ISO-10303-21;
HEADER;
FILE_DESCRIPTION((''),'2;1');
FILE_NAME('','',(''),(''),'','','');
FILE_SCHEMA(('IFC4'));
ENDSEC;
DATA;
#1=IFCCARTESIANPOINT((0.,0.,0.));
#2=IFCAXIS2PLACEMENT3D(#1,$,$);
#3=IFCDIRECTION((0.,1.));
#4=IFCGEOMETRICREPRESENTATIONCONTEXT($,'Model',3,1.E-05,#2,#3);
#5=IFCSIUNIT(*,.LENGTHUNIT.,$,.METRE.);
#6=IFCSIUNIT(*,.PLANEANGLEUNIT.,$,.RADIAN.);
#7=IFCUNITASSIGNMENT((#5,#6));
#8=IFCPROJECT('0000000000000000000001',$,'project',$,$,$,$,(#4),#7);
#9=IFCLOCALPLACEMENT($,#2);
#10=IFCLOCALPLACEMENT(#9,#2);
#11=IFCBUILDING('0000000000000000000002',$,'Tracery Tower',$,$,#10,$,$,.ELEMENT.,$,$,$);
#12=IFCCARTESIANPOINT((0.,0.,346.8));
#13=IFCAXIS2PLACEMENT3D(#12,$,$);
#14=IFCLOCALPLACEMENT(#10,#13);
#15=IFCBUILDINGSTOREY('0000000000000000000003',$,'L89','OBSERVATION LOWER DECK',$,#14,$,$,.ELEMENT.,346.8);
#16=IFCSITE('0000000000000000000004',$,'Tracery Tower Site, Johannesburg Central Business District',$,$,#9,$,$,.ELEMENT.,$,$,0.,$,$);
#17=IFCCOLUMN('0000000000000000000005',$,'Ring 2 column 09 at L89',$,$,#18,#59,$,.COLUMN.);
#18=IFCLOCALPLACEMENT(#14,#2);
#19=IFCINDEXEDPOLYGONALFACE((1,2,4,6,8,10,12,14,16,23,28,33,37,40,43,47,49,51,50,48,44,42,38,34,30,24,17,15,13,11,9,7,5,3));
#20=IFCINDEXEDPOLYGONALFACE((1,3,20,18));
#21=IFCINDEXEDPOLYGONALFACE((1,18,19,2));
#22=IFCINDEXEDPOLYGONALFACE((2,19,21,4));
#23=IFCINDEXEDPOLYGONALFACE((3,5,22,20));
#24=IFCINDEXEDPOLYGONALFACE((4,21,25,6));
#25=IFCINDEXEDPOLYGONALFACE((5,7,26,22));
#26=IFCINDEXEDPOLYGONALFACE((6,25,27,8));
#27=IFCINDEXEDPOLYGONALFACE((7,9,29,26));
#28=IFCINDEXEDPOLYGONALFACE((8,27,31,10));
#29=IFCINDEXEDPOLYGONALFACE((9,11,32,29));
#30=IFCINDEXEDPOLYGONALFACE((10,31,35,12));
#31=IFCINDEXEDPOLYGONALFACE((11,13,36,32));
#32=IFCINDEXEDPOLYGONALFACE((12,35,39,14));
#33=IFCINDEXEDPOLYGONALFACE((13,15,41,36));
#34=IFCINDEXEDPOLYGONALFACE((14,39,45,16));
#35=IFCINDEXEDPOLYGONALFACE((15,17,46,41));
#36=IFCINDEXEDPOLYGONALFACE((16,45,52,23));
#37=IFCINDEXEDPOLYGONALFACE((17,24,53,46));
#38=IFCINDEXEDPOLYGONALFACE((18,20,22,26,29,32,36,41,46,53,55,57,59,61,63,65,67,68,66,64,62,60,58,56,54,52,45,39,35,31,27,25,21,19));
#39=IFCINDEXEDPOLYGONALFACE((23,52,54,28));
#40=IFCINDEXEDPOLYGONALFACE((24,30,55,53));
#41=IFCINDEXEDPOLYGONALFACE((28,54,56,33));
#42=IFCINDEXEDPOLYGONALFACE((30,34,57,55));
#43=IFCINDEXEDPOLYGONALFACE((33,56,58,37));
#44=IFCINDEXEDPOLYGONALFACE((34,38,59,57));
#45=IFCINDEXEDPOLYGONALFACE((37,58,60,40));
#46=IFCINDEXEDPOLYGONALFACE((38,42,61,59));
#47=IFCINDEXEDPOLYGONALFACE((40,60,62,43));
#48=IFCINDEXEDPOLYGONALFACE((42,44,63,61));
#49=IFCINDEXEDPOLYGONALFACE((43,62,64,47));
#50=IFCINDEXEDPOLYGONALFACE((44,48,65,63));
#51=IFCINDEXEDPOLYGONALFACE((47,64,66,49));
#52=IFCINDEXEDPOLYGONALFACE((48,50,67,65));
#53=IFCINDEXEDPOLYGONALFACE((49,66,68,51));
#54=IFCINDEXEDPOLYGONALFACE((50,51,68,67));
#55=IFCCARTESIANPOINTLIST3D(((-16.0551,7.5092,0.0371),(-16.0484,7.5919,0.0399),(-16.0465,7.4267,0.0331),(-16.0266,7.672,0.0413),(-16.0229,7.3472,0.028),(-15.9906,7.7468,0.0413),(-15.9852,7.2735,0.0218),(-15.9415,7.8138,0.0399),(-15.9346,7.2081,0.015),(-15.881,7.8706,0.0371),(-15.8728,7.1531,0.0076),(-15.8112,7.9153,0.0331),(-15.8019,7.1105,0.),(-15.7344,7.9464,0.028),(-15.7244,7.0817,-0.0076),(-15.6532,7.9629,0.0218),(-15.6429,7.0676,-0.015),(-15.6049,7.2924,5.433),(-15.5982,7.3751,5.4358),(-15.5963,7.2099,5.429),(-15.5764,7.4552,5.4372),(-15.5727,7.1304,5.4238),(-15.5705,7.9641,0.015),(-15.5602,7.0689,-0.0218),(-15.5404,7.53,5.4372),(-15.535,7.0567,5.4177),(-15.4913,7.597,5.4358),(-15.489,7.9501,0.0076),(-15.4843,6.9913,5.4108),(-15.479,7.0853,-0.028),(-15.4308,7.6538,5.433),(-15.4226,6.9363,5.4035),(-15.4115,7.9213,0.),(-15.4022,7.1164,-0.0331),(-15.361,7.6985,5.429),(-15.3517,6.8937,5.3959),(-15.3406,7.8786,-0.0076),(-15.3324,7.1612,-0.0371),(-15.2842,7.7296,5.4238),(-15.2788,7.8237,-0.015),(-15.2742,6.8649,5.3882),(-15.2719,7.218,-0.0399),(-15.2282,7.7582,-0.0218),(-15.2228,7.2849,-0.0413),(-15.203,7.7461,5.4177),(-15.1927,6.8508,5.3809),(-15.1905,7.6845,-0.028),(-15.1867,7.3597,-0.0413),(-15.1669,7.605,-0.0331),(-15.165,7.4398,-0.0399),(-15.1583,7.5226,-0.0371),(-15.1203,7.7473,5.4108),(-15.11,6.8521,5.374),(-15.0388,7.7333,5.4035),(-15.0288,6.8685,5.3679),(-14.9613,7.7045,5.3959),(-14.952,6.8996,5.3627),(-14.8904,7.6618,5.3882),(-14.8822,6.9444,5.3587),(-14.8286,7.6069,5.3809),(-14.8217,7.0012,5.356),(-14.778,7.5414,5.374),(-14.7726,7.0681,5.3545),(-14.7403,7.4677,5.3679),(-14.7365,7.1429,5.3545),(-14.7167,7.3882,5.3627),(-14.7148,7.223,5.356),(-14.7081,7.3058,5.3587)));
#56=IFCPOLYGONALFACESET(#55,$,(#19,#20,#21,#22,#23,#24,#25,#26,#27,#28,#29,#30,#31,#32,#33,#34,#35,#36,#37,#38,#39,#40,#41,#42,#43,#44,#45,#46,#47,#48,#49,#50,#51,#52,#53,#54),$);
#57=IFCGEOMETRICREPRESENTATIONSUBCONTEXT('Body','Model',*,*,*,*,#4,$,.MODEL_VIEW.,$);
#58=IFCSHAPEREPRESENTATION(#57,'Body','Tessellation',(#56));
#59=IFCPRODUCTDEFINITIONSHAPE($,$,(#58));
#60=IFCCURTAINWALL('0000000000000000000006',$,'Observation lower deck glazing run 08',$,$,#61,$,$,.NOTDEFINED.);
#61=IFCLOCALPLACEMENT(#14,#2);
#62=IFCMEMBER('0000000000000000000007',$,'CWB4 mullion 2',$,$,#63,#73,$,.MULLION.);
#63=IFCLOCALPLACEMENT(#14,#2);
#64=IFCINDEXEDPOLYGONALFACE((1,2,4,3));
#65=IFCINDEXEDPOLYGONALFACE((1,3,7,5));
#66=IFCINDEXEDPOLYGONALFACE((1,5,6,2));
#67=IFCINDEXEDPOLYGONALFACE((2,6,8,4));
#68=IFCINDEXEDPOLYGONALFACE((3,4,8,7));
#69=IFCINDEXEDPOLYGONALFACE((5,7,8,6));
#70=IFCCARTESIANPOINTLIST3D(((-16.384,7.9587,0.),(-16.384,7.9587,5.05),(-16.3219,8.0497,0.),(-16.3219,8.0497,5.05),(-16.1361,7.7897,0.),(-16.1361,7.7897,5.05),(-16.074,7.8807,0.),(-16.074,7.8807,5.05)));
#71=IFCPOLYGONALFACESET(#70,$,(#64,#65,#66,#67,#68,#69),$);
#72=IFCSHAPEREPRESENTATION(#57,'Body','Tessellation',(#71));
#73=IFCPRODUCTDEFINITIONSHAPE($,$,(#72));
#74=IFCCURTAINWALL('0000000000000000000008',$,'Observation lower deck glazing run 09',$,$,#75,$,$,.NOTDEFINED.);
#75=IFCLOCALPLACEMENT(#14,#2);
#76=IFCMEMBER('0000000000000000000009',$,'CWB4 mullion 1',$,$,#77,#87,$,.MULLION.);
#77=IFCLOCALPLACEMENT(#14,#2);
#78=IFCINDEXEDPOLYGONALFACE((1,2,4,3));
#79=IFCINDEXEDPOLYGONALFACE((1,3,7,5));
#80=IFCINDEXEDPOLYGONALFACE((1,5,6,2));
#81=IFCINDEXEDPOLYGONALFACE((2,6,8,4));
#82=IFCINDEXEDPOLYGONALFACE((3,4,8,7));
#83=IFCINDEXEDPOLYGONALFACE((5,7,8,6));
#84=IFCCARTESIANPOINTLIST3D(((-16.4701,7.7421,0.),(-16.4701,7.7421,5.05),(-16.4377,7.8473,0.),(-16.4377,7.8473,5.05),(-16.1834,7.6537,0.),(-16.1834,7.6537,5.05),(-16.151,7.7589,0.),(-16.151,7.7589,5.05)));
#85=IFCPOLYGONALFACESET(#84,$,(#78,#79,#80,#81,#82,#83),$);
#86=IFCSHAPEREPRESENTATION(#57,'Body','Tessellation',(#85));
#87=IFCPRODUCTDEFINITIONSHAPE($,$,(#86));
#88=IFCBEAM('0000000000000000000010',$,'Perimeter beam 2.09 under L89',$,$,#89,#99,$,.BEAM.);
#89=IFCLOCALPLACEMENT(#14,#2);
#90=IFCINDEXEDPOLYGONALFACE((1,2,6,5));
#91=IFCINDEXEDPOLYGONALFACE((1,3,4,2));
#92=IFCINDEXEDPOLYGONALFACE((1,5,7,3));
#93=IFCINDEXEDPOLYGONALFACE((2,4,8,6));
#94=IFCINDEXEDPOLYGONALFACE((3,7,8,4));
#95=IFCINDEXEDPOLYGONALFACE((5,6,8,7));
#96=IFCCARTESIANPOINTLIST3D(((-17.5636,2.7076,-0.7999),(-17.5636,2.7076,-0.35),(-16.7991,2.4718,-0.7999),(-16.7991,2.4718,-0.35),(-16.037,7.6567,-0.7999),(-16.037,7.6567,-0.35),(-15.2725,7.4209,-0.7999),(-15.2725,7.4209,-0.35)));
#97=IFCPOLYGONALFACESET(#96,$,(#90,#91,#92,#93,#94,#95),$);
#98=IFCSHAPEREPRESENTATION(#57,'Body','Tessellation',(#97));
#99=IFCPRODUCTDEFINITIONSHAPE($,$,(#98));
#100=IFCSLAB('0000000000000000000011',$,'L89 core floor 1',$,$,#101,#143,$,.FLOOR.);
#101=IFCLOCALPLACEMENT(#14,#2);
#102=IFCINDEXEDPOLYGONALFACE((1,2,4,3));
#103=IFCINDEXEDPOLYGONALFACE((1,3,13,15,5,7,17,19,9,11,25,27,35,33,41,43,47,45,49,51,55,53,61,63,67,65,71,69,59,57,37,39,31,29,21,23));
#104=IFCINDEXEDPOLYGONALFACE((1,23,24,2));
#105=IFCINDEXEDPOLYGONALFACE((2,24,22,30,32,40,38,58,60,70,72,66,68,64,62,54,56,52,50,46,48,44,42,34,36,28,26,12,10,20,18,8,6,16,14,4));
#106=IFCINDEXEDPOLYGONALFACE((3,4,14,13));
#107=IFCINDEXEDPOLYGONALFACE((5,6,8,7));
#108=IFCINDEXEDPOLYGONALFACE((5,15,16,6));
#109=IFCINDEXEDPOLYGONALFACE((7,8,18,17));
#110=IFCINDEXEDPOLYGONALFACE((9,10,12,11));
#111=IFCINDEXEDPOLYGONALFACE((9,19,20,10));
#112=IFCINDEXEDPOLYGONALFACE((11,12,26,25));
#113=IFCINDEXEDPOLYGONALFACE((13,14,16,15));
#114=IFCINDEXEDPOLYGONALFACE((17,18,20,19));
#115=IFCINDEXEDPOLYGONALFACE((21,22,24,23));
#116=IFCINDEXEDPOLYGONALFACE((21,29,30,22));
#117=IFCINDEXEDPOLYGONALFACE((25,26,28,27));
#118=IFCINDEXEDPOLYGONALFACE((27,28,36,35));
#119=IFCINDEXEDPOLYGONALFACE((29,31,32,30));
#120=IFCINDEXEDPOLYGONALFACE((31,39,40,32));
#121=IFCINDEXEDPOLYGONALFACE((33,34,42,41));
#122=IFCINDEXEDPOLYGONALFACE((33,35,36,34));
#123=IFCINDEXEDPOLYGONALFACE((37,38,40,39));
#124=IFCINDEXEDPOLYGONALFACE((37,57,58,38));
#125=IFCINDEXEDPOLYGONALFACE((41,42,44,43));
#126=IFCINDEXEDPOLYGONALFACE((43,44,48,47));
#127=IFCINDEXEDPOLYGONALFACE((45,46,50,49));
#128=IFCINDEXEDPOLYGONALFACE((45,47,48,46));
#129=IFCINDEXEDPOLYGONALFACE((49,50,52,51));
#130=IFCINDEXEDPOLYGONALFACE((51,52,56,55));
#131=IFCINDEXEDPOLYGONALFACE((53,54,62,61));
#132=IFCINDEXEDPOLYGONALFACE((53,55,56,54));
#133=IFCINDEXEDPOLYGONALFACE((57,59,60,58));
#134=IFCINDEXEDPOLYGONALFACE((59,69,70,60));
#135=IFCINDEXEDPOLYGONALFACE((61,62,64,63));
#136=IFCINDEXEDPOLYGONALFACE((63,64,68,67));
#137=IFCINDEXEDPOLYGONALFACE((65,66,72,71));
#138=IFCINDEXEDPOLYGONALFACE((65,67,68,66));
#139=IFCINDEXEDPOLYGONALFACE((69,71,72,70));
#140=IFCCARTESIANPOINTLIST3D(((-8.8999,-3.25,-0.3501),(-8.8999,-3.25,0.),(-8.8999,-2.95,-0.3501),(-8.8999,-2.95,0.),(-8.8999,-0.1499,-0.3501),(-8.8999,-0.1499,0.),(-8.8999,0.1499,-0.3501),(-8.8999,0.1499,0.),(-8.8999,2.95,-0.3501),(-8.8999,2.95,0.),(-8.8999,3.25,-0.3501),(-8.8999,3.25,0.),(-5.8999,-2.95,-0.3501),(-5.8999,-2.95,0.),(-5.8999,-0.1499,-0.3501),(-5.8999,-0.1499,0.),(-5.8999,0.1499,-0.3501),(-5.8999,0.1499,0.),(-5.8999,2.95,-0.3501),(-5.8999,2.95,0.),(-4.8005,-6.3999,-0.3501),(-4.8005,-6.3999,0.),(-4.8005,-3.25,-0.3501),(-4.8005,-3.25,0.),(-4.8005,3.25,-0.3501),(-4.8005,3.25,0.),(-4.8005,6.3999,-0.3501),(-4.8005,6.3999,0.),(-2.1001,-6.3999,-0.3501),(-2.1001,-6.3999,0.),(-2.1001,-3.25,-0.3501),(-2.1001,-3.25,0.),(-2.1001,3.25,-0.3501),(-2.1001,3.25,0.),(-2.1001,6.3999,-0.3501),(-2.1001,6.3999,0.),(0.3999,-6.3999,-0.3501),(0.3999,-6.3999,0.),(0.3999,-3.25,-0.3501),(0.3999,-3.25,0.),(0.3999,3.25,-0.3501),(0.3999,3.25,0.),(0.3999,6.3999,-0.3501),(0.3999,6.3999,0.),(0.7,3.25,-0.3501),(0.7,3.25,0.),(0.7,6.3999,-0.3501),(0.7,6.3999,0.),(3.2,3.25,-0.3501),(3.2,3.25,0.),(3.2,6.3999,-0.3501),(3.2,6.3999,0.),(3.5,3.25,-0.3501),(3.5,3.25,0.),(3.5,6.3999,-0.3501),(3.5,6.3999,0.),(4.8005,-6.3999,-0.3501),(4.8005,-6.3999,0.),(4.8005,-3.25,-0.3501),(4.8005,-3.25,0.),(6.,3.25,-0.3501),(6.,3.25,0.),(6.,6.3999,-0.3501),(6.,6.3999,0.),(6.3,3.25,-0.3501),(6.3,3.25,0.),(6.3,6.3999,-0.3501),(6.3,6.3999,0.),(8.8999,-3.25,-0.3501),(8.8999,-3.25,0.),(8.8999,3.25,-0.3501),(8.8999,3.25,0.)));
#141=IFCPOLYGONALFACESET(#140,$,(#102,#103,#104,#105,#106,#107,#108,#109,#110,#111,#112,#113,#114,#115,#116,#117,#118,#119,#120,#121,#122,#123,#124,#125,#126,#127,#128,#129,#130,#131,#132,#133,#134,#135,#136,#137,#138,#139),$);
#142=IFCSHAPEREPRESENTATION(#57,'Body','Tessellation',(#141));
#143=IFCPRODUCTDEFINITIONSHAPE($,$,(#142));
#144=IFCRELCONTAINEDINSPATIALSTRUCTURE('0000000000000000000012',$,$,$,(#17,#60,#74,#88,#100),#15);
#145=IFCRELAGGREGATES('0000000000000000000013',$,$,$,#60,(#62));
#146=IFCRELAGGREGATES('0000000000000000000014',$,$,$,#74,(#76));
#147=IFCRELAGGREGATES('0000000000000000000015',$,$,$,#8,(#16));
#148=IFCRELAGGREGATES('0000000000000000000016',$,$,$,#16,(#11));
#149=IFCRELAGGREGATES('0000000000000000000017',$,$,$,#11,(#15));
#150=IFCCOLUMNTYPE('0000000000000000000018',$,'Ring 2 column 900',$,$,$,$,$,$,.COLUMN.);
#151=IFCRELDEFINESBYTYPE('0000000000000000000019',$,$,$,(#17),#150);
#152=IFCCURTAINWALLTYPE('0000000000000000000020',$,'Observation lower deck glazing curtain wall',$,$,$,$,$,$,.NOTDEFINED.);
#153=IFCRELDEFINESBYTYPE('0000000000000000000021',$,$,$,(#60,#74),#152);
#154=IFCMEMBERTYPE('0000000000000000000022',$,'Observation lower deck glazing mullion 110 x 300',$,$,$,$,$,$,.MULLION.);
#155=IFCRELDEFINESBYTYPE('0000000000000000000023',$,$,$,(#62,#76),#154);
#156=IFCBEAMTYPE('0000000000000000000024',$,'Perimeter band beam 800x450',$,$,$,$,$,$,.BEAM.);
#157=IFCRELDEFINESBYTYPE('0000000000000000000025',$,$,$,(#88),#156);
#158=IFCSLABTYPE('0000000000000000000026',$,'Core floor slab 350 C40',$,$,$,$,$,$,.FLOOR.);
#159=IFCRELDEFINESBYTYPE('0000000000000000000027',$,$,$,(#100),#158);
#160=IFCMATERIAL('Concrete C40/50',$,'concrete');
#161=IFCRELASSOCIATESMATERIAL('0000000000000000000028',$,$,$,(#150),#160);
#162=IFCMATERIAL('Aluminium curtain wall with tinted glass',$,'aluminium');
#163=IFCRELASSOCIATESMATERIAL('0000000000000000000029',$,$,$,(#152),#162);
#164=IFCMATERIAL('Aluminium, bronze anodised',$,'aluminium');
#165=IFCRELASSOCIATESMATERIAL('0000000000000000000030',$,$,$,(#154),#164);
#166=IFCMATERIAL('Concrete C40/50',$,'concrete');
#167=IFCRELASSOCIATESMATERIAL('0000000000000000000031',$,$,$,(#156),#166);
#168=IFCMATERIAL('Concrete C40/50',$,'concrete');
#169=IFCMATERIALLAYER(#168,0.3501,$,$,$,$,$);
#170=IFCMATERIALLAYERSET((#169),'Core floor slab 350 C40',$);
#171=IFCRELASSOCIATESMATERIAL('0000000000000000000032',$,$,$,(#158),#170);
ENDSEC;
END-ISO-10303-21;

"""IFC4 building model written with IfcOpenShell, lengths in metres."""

from ifc_helpers import new_model, si_unit, direction, frame, origin, origin_2d, place, context, subcontext, project, spatial, polyline, rectangle, circle, outline, extrude, material, layer, layer_set, material_profile, profile_set, type_object, element, aggregate, save


model = new_model("IFC4")

# Units and contexts
model_context = context("Model", 3, precision=1e-05, world=origin(), true_north=direction((0.0, 1.0)))
body_context = subcontext(model_context, "Body", "Model", "MODEL_VIEW")
ifc_project = project(units=[si_unit("LENGTHUNIT", "METRE"), si_unit("PLANEANGLEUNIT", "RADIAN")], contexts=[model_context])

# Site, building, storey
site_placement = place(None, origin())
site = spatial("IfcSite", under=ifc_project, at=site_placement, Name="Tracery Tower Site, Johannesburg Central Business District", CompositionType="ELEMENT", RefElevation=0.0)
building_placement = place(site_placement, origin())
building = spatial("IfcBuilding", under=site, at=building_placement, Name="Tracery Tower", CompositionType="ELEMENT")
storey_placement = place(building_placement, frame((0.0, 0.0, 346.8)))
storey = spatial("IfcBuildingStorey", under=building, at=storey_placement, Name="L89", Description="OBSERVATION LOWER DECK", CompositionType="ELEMENT", Elevation=346.8)

# Column
ifc_material_1 = material(Name="Concrete C40/50", Category="concrete")
ifc_material_profile_1 = material_profile(ifc_material_1, circle(Radius=0.45, at=origin_2d()), Name="RC D900")
ifc_profile_set_1 = profile_set([ifc_material_profile_1], Name="Concrete C40/50")
column_type = type_object("IfcColumnType", Name="Ring 2 column 900", PredefinedType="COLUMN", material=ifc_profile_set_1)
column_placement = place(storey_placement, frame((-15.6067, 7.5159, 0.0), z_axis=(0.08308, -0.040008, 0.995739), x_axis=(0.433874, 0.900973, 0.0)))
element("IfcColumn", 1, at=column_placement, inside=storey, type_object=column_type, Name="Ring 2 column 09 at L89", PredefinedType="COLUMN", context=body_context, shape_type="SweptSolid", body=[
    extrude(circle(Radius=0.45, at=origin_2d()), origin(), (0.0, 0.0, 1.0), 5.4189),
])

# Curtain walls, members
ifc_material_2 = material(Name="Aluminium curtain wall with tinted glass", Category="aluminium")
curtain_wall_type = type_object("IfcCurtainWallType", Name="Observation lower deck glazing curtain wall", PredefinedType="NOTDEFINED", material=ifc_material_2)
curtain_wall_1_placement = place(storey_placement, origin())
curtain_wall_1 = element("IfcCurtainWall", 2, at=curtain_wall_1_placement, inside=storey, type_object=curtain_wall_type, Name="Observation lower deck glazing run 08", PredefinedType="NOTDEFINED")
ifc_material_3 = material(Name="Aluminium, bronze anodised", Category="aluminium")
ifc_material_profile_2 = material_profile(ifc_material_3, rectangle(XDim=0.3, YDim=0.1101, at=origin_2d()), Name="Observation lower deck glazing mullion 110 x 300")
ifc_profile_set_2 = profile_set([ifc_material_profile_2], Name="Aluminium, bronze anodised")
member_type = type_object("IfcMemberType", Name="Observation lower deck glazing mullion 110 x 300", PredefinedType="MULLION", material=ifc_profile_set_2)
member_1_placement = place(storey_placement, frame((-16.229, 7.9197, 0.0), z_axis=(0.0, 0.0, 1.0), x_axis=(0.826237, -0.563323, 0.0)))
member_1 = element("IfcMember", 3, at=member_1_placement, type_object=member_type, Name="CWB4 mullion 2", PredefinedType="MULLION", context=body_context, shape_type="SweptSolid", body=[
    extrude(rectangle(XDim=0.3, YDim=0.1101, at=origin_2d()), origin(), (0.0, 0.0, 1.0), 5.05),
])
aggregate(curtain_wall_1, [member_1])
curtain_wall_2_placement = place(storey_placement, origin())
curtain_wall_2 = element("IfcCurtainWall", 4, at=curtain_wall_2_placement, inside=storey, type_object=curtain_wall_type, Name="Observation lower deck glazing run 09", PredefinedType="NOTDEFINED")
member_2_placement = place(storey_placement, frame((-16.3105, 7.7505, 0.0), z_axis=(0.0, 0.0, 1.0), x_axis=(0.955572, -0.294757, 0.0)))
member_2 = element("IfcMember", 5, at=member_2_placement, type_object=member_type, Name="CWB4 mullion 1", PredefinedType="MULLION", context=body_context, shape_type="SweptSolid", body=[
    extrude(rectangle(XDim=0.3, YDim=0.1101, at=origin_2d()), origin(), (0.0, 0.0, 1.0), 5.05),
])
aggregate(curtain_wall_2, [member_2])

# Beam
ifc_material_4 = material(Name="Concrete C40/50", Category="concrete")
ifc_material_profile_3 = material_profile(ifc_material_4, rectangle(XDim=0.8, YDim=0.45, at=origin_2d()), Name="RC 800x450")
ifc_profile_set_3 = profile_set([ifc_material_profile_3], Name="Concrete C40/50")
beam_type = type_object("IfcBeamType", Name="Perimeter band beam 800x450", PredefinedType="BEAM", material=ifc_profile_set_3)
beam_placement = place(storey_placement, frame((-15.6548, 7.5388, -0.575), z_axis=(-0.294752, -0.955574, 0.0), x_axis=(0.955574, -0.294752, 0.0)))
element("IfcBeam", 6, at=beam_placement, inside=storey, type_object=beam_type, Name="Perimeter beam 2.09 under L89", PredefinedType="BEAM", context=body_context, shape_type="SweptSolid", body=[
    extrude(rectangle(XDim=0.8, YDim=0.45, at=origin_2d()), origin(), (0.0, 0.0, 1.0), 5.1792),
])

# Slab
ifc_material_5 = material(Name="Concrete C40/50", Category="concrete")
ifc_layer_1 = layer(ifc_material_5, 0.3501)
ifc_layer_set_1 = layer_set([ifc_layer_1], Name="Core floor slab 350 C40")
slab_type_1 = type_object("IfcSlabType", Name="Core floor slab 350 C40", PredefinedType="FLOOR", material=ifc_layer_set_1)
slab_1_placement = place(storey_placement, frame((0.0, 0.0, -0.3501)))
element("IfcSlab", 7, at=slab_1_placement, inside=storey, type_object=slab_type_1, Name="L89 core floor 1", PredefinedType="FLOOR", context=body_context, shape_type="SweptSolid", body=[
    extrude(outline(polyline([(-4.8005, -3.25), (-8.8999, -3.25), (-8.8999, -2.95), (-5.8999, -2.95), (-5.8999, -0.1499), (-8.8999, -0.1499), (-8.8999, 0.1499), (-5.8999, 0.1499), (-5.8999, 2.95), (-8.8999, 2.95), (-8.8999, 3.25), (-4.8005, 3.25), (-4.8005, 6.3999), (-2.1001, 6.3999), (-2.1001, 3.25), (0.3999, 3.25), (0.3999, 6.3999), (0.7, 6.3999), (0.7, 3.25), (3.2, 3.25), (3.2, 6.3999), (3.5, 6.3999), (3.5, 3.25), (6.0, 3.25), (6.0, 6.3999), (6.3, 6.3999), (6.3, 3.25), (8.8999, 3.25), (8.8999, -3.25), (4.8005, -3.25), (4.8005, -6.3999), (0.3999, -6.3999), (0.3999, -3.25), (-2.1001, -3.25), (-2.1001, -6.3999), (-4.8005, -6.3999), (-4.8005, -3.25)])), origin(), (0.0, 0.0, 1.0), 0.3501),
])

save(model, "model.ifc")
